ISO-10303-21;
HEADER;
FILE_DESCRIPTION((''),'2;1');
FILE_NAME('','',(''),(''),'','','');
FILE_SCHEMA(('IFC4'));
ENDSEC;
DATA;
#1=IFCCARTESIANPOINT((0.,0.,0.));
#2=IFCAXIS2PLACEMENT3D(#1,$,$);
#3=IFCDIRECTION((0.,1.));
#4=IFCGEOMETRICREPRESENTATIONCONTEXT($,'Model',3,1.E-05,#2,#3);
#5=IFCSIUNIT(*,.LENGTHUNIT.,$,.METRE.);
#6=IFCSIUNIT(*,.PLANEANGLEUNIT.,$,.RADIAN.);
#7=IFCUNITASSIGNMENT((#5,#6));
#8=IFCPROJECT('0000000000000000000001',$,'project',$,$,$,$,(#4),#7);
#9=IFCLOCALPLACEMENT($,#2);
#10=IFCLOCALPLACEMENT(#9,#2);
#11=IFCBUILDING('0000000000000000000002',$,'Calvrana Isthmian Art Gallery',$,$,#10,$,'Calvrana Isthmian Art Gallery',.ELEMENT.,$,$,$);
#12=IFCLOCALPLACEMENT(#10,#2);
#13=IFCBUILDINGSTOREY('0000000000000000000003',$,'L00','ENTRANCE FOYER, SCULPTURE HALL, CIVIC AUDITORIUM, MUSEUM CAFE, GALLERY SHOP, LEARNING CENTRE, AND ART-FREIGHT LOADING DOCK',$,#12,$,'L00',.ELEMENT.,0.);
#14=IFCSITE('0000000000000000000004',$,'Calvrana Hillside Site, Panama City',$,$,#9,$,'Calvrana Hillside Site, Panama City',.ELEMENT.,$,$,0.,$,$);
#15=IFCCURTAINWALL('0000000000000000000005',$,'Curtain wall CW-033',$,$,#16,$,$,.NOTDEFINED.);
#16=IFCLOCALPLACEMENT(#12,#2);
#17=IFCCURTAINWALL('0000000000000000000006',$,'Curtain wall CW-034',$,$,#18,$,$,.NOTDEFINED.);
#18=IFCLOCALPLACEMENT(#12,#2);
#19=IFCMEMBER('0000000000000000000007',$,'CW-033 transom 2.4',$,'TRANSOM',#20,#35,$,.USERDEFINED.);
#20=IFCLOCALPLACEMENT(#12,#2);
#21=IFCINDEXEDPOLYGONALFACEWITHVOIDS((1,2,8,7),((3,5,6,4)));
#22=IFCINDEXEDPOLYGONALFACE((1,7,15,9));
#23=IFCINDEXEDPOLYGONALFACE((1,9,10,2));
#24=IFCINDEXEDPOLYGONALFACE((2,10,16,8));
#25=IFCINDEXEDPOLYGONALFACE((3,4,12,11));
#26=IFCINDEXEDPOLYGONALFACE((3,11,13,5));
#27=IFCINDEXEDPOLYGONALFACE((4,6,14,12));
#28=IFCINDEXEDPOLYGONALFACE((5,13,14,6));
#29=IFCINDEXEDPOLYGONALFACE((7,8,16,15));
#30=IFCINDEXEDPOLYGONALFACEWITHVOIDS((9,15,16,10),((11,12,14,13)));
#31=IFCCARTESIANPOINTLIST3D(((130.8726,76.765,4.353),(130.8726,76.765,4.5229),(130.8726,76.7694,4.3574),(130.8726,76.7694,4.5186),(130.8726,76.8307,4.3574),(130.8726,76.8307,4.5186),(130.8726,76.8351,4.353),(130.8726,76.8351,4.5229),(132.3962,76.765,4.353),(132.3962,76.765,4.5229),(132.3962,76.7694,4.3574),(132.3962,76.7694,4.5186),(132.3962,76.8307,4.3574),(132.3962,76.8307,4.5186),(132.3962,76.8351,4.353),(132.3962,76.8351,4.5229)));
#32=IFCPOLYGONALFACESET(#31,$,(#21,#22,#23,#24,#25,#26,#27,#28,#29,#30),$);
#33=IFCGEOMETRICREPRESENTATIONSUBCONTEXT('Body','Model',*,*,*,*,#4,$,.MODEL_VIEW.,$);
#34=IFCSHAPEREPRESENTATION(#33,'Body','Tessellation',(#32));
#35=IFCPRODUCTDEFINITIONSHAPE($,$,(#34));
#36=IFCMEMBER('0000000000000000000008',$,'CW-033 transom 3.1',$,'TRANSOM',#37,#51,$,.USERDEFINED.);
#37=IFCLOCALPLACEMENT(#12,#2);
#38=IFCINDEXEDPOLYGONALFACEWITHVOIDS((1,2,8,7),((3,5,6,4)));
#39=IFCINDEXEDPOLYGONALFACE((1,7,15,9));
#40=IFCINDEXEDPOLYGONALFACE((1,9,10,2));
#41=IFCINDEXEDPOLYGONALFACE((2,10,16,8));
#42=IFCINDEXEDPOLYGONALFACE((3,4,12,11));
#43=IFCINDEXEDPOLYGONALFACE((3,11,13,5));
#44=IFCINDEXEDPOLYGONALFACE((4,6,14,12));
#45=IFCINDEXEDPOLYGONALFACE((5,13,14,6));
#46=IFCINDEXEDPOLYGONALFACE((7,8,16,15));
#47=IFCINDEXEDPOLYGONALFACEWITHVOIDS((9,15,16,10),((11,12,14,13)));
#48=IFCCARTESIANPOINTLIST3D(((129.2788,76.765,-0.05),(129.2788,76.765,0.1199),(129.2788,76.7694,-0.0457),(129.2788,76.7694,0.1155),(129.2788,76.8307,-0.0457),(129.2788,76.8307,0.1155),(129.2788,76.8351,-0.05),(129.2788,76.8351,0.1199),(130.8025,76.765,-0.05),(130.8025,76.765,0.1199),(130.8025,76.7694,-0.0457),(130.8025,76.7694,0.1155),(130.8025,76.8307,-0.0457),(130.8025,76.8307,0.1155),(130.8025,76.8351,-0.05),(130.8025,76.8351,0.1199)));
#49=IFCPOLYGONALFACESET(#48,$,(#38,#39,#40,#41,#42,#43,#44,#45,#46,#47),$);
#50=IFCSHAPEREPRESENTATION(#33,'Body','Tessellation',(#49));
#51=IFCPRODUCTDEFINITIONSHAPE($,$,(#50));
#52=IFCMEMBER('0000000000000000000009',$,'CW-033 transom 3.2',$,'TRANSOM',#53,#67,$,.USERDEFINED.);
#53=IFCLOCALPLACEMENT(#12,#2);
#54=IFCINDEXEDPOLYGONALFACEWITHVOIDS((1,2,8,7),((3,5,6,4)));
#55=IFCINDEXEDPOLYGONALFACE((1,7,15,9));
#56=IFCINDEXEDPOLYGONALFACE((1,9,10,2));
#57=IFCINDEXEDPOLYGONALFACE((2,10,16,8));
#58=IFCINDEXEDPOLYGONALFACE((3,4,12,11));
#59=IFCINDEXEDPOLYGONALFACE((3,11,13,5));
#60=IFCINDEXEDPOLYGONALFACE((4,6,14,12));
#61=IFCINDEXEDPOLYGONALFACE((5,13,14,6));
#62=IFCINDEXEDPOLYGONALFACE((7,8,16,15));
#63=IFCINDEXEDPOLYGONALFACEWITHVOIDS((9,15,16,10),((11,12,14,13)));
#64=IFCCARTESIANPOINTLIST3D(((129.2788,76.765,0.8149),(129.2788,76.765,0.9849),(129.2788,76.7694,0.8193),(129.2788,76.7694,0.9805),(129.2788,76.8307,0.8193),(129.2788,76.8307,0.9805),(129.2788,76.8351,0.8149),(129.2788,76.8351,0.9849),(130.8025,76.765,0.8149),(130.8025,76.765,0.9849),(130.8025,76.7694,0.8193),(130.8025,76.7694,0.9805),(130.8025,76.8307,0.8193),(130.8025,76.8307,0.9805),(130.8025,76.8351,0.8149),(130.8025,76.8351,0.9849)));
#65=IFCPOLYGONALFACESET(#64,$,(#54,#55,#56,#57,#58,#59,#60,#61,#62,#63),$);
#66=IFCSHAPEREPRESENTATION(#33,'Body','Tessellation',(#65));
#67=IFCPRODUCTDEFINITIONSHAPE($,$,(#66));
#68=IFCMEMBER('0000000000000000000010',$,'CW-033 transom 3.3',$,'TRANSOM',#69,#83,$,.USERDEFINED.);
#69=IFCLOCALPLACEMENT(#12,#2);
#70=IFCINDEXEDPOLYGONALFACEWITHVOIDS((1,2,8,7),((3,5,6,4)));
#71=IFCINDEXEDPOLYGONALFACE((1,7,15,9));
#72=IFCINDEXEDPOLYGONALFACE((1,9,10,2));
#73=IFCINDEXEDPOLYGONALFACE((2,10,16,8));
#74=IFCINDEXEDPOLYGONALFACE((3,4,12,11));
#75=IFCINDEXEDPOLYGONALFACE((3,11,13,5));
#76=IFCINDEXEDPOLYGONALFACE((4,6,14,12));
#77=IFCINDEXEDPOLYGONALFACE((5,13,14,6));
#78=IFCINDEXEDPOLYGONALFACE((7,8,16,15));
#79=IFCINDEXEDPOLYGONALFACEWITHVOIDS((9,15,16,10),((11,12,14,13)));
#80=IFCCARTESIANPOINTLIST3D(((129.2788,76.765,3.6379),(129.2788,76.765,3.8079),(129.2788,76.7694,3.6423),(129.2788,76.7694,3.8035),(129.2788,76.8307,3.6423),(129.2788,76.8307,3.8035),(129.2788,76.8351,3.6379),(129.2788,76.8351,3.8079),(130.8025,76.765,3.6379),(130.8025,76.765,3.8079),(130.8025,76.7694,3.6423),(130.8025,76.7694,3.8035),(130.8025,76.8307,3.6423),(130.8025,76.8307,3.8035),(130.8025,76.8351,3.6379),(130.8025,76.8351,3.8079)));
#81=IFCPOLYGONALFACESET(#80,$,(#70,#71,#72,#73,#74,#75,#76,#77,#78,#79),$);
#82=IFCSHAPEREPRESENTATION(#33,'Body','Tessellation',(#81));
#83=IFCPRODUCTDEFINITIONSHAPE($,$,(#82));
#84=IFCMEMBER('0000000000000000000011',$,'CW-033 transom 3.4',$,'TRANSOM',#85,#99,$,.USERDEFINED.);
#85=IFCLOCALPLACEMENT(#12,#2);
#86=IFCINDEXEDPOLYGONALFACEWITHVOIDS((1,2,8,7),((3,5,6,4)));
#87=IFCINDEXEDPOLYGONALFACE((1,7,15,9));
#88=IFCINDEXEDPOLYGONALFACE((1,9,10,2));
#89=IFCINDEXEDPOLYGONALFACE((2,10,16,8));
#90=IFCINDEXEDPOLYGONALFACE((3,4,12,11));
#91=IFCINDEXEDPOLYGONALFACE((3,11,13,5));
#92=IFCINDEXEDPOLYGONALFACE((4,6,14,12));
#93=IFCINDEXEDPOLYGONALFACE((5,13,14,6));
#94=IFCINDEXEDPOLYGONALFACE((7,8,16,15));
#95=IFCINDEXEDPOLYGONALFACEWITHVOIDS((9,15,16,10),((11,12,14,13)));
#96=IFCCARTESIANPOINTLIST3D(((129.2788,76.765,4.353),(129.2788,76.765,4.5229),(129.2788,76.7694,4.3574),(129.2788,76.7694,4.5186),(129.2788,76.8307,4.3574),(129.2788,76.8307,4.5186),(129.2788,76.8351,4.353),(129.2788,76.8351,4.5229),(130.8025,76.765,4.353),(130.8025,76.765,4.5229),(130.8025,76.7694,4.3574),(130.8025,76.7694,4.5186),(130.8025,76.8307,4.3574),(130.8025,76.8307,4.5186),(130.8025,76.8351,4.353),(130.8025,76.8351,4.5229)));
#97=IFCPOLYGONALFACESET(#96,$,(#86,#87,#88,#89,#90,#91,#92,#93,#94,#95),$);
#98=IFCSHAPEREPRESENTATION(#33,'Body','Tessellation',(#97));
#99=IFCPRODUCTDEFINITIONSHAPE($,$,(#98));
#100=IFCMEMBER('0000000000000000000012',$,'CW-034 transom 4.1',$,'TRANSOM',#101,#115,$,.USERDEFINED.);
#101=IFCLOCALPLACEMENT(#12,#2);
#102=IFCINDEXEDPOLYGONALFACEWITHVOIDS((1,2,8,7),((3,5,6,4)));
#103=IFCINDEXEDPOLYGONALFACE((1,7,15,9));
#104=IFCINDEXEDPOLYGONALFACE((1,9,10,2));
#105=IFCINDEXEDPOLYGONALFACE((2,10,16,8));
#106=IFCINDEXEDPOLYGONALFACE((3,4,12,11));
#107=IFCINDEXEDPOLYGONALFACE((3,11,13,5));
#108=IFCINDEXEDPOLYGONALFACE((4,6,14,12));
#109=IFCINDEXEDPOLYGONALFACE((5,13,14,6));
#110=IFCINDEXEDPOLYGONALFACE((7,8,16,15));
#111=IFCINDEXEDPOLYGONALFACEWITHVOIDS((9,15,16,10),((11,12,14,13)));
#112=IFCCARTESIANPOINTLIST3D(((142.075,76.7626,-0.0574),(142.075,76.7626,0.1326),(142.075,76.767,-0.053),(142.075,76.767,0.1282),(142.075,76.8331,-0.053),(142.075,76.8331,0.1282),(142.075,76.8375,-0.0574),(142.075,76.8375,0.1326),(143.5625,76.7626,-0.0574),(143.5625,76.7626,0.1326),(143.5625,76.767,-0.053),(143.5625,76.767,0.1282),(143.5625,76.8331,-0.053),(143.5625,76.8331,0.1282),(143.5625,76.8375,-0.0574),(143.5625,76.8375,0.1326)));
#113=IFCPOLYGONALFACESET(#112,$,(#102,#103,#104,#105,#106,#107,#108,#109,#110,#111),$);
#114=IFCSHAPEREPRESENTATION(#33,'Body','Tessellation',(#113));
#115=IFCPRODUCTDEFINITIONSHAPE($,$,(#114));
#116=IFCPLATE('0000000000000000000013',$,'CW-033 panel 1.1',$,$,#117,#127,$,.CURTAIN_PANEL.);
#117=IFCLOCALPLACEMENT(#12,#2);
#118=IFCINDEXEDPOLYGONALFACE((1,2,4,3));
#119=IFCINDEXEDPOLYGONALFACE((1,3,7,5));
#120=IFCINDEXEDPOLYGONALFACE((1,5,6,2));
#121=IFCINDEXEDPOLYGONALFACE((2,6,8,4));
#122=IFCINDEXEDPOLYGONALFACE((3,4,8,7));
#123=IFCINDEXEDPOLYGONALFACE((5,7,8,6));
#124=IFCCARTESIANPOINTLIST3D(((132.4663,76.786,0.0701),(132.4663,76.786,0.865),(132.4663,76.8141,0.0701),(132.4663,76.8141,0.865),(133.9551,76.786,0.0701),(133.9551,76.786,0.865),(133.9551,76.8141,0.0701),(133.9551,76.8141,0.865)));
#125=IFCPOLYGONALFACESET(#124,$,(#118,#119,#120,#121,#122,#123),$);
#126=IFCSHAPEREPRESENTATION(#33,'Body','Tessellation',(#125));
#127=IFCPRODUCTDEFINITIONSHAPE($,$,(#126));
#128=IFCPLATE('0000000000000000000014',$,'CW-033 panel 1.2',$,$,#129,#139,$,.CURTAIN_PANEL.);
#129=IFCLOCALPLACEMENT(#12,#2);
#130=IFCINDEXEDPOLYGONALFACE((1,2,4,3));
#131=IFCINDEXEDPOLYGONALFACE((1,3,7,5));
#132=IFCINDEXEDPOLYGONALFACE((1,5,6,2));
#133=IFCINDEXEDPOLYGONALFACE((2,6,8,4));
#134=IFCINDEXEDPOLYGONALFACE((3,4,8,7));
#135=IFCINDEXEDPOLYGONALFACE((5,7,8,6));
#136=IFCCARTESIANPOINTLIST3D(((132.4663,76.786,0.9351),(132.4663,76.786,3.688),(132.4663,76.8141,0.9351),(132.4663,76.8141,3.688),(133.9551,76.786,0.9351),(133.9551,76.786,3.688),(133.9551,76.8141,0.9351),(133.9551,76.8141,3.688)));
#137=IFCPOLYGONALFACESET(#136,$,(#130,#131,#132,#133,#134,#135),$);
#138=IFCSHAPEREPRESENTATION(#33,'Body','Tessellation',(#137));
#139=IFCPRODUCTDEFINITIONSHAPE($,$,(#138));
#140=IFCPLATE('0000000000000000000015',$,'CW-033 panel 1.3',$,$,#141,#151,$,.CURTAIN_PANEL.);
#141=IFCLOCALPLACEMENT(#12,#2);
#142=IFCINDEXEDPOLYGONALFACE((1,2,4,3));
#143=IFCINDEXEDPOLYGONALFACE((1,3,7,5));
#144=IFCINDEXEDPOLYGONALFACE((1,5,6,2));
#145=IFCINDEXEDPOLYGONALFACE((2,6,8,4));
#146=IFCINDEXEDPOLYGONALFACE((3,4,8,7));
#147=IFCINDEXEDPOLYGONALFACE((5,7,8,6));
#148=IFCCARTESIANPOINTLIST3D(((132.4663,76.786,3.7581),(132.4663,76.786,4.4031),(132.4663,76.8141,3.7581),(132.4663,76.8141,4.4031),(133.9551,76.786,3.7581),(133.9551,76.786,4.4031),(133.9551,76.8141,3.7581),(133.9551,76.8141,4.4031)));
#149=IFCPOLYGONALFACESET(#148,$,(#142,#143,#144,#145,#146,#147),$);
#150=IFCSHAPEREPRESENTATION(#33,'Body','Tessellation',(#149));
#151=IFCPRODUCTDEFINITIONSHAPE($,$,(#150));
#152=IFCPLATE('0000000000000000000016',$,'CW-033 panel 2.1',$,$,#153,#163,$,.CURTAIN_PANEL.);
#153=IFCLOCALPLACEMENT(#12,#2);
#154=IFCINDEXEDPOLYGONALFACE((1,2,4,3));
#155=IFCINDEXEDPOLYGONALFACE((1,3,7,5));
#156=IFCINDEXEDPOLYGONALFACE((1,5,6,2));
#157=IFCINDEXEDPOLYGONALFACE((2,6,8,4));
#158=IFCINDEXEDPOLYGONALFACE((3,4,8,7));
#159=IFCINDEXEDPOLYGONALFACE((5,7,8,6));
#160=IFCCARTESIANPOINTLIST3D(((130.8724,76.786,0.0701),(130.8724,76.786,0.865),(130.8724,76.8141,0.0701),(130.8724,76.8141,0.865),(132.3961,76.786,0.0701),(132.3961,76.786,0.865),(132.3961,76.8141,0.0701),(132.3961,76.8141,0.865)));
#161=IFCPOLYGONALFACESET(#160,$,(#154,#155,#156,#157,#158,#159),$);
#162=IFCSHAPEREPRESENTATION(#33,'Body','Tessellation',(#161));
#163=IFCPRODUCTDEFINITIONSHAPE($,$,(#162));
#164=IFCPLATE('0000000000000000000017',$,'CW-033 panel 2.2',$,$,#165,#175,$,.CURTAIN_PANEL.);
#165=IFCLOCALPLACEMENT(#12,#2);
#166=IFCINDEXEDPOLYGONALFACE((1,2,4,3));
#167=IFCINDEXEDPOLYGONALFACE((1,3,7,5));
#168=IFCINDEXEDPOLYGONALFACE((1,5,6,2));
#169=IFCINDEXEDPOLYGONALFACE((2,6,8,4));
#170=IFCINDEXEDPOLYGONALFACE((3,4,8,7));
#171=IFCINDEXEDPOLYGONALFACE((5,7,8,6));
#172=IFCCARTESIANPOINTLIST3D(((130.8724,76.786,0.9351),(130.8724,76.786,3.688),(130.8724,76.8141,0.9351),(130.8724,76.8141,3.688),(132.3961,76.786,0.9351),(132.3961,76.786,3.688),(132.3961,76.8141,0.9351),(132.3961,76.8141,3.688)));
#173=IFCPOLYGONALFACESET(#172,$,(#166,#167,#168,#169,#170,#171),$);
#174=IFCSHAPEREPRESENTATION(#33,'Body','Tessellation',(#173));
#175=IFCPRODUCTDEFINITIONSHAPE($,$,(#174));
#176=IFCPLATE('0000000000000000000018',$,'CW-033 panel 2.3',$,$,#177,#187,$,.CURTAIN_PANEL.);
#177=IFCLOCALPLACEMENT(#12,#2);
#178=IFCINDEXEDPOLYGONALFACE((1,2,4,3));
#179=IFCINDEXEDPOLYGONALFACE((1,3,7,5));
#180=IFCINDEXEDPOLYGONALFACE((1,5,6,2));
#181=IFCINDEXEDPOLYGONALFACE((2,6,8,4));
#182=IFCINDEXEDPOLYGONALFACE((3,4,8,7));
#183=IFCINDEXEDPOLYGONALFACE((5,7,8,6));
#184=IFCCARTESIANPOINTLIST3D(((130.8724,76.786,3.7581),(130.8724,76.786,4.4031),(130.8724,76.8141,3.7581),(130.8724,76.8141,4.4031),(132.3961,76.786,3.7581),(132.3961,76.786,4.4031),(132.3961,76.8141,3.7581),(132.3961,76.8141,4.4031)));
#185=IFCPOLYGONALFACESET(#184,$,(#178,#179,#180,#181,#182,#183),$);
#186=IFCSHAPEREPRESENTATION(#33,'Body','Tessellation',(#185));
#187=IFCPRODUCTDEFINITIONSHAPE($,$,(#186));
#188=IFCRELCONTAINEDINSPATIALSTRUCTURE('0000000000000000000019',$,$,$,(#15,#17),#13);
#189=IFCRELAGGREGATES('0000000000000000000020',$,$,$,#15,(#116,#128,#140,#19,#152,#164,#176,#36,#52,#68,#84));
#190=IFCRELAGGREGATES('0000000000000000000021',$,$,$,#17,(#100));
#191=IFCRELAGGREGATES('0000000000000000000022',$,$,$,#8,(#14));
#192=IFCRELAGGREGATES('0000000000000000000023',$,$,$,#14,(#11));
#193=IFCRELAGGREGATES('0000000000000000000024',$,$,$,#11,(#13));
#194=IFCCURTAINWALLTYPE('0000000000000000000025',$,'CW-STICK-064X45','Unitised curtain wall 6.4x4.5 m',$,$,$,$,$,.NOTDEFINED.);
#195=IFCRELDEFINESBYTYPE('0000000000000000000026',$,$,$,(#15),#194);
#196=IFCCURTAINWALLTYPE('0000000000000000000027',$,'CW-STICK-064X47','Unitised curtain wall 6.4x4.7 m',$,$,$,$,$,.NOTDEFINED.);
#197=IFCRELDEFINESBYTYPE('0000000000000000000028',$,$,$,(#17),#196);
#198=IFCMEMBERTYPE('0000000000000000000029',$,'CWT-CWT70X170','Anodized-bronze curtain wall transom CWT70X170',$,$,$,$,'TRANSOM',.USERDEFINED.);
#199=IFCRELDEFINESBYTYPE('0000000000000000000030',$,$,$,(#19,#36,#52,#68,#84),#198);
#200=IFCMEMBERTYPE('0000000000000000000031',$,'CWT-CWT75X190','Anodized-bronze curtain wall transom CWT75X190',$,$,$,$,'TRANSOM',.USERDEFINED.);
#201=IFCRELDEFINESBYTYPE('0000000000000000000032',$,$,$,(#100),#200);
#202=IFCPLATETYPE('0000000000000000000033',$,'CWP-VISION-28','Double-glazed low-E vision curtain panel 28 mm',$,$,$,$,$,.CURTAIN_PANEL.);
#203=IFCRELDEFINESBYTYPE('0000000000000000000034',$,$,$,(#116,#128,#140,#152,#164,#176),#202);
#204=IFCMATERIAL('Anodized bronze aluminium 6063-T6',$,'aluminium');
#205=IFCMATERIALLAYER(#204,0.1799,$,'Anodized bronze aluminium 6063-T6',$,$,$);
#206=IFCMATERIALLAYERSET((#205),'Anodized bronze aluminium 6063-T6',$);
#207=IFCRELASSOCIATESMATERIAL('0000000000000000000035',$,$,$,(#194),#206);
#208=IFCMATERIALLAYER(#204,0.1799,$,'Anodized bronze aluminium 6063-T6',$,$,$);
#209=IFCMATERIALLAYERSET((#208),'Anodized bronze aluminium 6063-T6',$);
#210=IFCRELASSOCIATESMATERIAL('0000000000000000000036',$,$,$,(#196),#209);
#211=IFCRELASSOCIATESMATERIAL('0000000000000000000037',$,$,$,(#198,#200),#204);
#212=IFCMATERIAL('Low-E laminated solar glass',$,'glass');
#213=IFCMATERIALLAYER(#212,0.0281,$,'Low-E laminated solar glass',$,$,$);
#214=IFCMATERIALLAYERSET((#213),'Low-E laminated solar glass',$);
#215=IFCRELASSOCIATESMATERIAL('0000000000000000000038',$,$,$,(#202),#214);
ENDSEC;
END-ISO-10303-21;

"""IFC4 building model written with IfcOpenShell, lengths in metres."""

from ifc_helpers import new_model, si_unit, direction, frame, origin, origin_2d, place, context, subcontext, project, spatial, rectangle, hollow_rectangle, extrude, material, layer, layer_set, material_profile, profile_set, type_object, element, aggregate, save


model = new_model("IFC4")

# Units and contexts
model_context = context("Model", 3, precision=1e-05, world=origin(), true_north=direction((0.0, 1.0)))
body_context = subcontext(model_context, "Body", "Model", "MODEL_VIEW")
ifc_project = project(units=[si_unit("LENGTHUNIT", "METRE"), si_unit("PLANEANGLEUNIT", "RADIAN")], contexts=[model_context])

# Site, building, storey
site_placement = place(None, origin())
site = spatial("IfcSite", under=ifc_project, at=site_placement, Name="Calvrana Hillside Site, Panama City", LongName="Calvrana Hillside Site, Panama City", CompositionType="ELEMENT", RefElevation=0.0)
building_placement = place(site_placement, origin())
building = spatial("IfcBuilding", under=site, at=building_placement, Name="Calvrana Isthmian Art Gallery", LongName="Calvrana Isthmian Art Gallery", CompositionType="ELEMENT")
storey_placement = place(building_placement, origin())
storey = spatial("IfcBuildingStorey", under=building, at=storey_placement, Name="L00", Description="ENTRANCE FOYER, SCULPTURE HALL, CIVIC AUDITORIUM, MUSEUM CAFE, GALLERY SHOP, LEARNING CENTRE, AND ART-FREIGHT LOADING DOCK", LongName="L00", CompositionType="ELEMENT", Elevation=0.0)

# Curtain wall
ifc_material_1 = material(Name="Anodized bronze aluminium 6063-T6", Category="aluminium")
ifc_layer_1 = layer(ifc_material_1, 0.1799, Name="Anodized bronze aluminium 6063-T6")
ifc_layer_set_1 = layer_set([ifc_layer_1], Name="Anodized bronze aluminium 6063-T6")
curtain_wall_type_1 = type_object("IfcCurtainWallType", Name="CW-STICK-064X45", Description="Unitised curtain wall 6.4x4.5 m", PredefinedType="NOTDEFINED", material=ifc_layer_set_1)
curtain_wall_1_placement = place(storey_placement, origin())
curtain_wall_1 = element("IfcCurtainWall", 1, at=curtain_wall_1_placement, inside=storey, type_object=curtain_wall_type_1, Name="Curtain wall CW-033", PredefinedType="NOTDEFINED")

# Curtain wall
ifc_layer_2 = layer(ifc_material_1, 0.1799, Name="Anodized bronze aluminium 6063-T6")
ifc_layer_set_2 = layer_set([ifc_layer_2], Name="Anodized bronze aluminium 6063-T6")
curtain_wall_type_2 = type_object("IfcCurtainWallType", Name="CW-STICK-064X47", Description="Unitised curtain wall 6.4x4.7 m", PredefinedType="NOTDEFINED", material=ifc_layer_set_2)
curtain_wall_2_placement = place(storey_placement, origin())
curtain_wall_2 = element("IfcCurtainWall", 2, at=curtain_wall_2_placement, inside=storey, type_object=curtain_wall_type_2, Name="Curtain wall CW-034", PredefinedType="NOTDEFINED")

# Members
ifc_material_profile_1 = material_profile(ifc_material_1, hollow_rectangle(XDim=0.0701, YDim=0.1699, WallThickness=0.0044, at=origin_2d()), Name="CWT70X170")
ifc_profile_set_1 = profile_set([ifc_material_profile_1], Name="Anodized bronze aluminium 6063-T6")
member_type_1 = type_object("IfcMemberType", Name="CWT-CWT70X170", Description="Anodized-bronze curtain wall transom CWT70X170", ElementType="TRANSOM", PredefinedType="USERDEFINED", material=ifc_profile_set_1)
member_1_placement = place(storey_placement, frame((132.3962, 76.8, 4.438), z_axis=(-1.0, 0.0, 0.0), x_axis=(0.0, -1.0, 0.0)))
member_1 = element("IfcMember", 3, at=member_1_placement, type_object=member_type_1, Name="CW-033 transom 2.4", ObjectType="TRANSOM", PredefinedType="USERDEFINED", context=body_context, shape_type="SweptSolid", body=[
    extrude(hollow_rectangle(XDim=0.0701, YDim=0.1699, WallThickness=0.0044, at=origin_2d()), origin(), (0.0, 0.0, 1.0), 1.5237),
])
member_2_placement = place(storey_placement, frame((130.8025, 76.8, 0.0349), z_axis=(-1.0, 0.0, 0.0), x_axis=(0.0, -1.0, 0.0)))
member_2 = element("IfcMember", 4, at=member_2_placement, type_object=member_type_1, Name="CW-033 transom 3.1", ObjectType="TRANSOM", PredefinedType="USERDEFINED", context=body_context, shape_type="SweptSolid", body=[
    extrude(hollow_rectangle(XDim=0.0701, YDim=0.1699, WallThickness=0.0044, at=origin_2d()), origin(), (0.0, 0.0, 1.0), 1.5237),
])
member_3_placement = place(storey_placement, frame((130.8025, 76.8, 0.8999), z_axis=(-1.0, 0.0, 0.0), x_axis=(0.0, -1.0, 0.0)))
member_3 = element("IfcMember", 5, at=member_3_placement, type_object=member_type_1, Name="CW-033 transom 3.2", ObjectType="TRANSOM", PredefinedType="USERDEFINED", context=body_context, shape_type="SweptSolid", body=[
    extrude(hollow_rectangle(XDim=0.0701, YDim=0.1699, WallThickness=0.0044, at=origin_2d()), origin(), (0.0, 0.0, 1.0), 1.5237),
])
member_4_placement = place(storey_placement, frame((130.8025, 76.8, 3.7229), z_axis=(-1.0, 0.0, 0.0), x_axis=(0.0, -1.0, 0.0)))
member_4 = element("IfcMember", 6, at=member_4_placement, type_object=member_type_1, Name="CW-033 transom 3.3", ObjectType="TRANSOM", PredefinedType="USERDEFINED", context=body_context, shape_type="SweptSolid", body=[
    extrude(hollow_rectangle(XDim=0.0701, YDim=0.1699, WallThickness=0.0044, at=origin_2d()), origin(), (0.0, 0.0, 1.0), 1.5237),
])
member_5_placement = place(storey_placement, frame((130.8025, 76.8, 4.438), z_axis=(-1.0, 0.0, 0.0), x_axis=(0.0, -1.0, 0.0)))
member_5 = element("IfcMember", 7, at=member_5_placement, type_object=member_type_1, Name="CW-033 transom 3.4", ObjectType="TRANSOM", PredefinedType="USERDEFINED", context=body_context, shape_type="SweptSolid", body=[
    extrude(hollow_rectangle(XDim=0.0701, YDim=0.1699, WallThickness=0.0044, at=origin_2d()), origin(), (0.0, 0.0, 1.0), 1.5237),
])
ifc_material_profile_2 = material_profile(ifc_material_1, hollow_rectangle(XDim=0.075, YDim=0.1899, WallThickness=0.0044, at=origin_2d()), Name="CWT75X190")
ifc_profile_set_2 = profile_set([ifc_material_profile_2], Name="Anodized bronze aluminium 6063-T6")
member_type_2 = type_object("IfcMemberType", Name="CWT-CWT75X190", Description="Anodized-bronze curtain wall transom CWT75X190", ElementType="TRANSOM", PredefinedType="USERDEFINED", material=ifc_profile_set_2)
member_6_placement = place(storey_placement, frame((143.5625, 76.8, 0.0376), z_axis=(-1.0, 0.0, 0.0), x_axis=(0.0, -1.0, 0.0)))
member_6 = element("IfcMember", 8, at=member_6_placement, type_object=member_type_2, Name="CW-034 transom 4.1", ObjectType="TRANSOM", PredefinedType="USERDEFINED", context=body_context, shape_type="SweptSolid", body=[
    extrude(hollow_rectangle(XDim=0.075, YDim=0.1899, WallThickness=0.0044, at=origin_2d()), origin(), (0.0, 0.0, 1.0), 1.4875),
])

# Plates
ifc_material_2 = material(Name="Low-E laminated solar glass", Category="glass")
ifc_layer_3 = layer(ifc_material_2, 0.0281, Name="Low-E laminated solar glass")
ifc_layer_set_3 = layer_set([ifc_layer_3], Name="Low-E laminated solar glass")
plate_type = type_object("IfcPlateType", Name="CWP-VISION-28", Description="Double-glazed low-E vision curtain panel 28 mm", PredefinedType="CURTAIN_PANEL", material=ifc_layer_set_3)
plate_1_placement = place(storey_placement, frame((133.2107, 76.8, 0.0701), z_axis=(0.0, 0.0, 1.0), x_axis=(-1.0, 0.0, 0.0)))
plate_1 = element("IfcPlate", 9, at=plate_1_placement, type_object=plate_type, Name="CW-033 panel 1.1", PredefinedType="CURTAIN_PANEL", context=body_context, shape_type="SweptSolid", body=[
    extrude(rectangle(XDim=1.4888, YDim=0.0281, at=origin_2d()), origin(), (0.0, 0.0, 1.0), 0.7949),
])
plate_2_placement = place(storey_placement, frame((133.2107, 76.8, 0.9351), z_axis=(0.0, 0.0, 1.0), x_axis=(-1.0, 0.0, 0.0)))
plate_2 = element("IfcPlate", 10, at=plate_2_placement, type_object=plate_type, Name="CW-033 panel 1.2", PredefinedType="CURTAIN_PANEL", context=body_context, shape_type="SweptSolid", body=[
    extrude(rectangle(XDim=1.4888, YDim=0.0281, at=origin_2d()), origin(), (0.0, 0.0, 1.0), 2.7529),
])
plate_3_placement = place(storey_placement, frame((133.2107, 76.8, 3.7581), z_axis=(0.0, 0.0, 1.0), x_axis=(-1.0, 0.0, 0.0)))
plate_3 = element("IfcPlate", 11, at=plate_3_placement, type_object=plate_type, Name="CW-033 panel 1.3", PredefinedType="CURTAIN_PANEL", context=body_context, shape_type="SweptSolid", body=[
    extrude(rectangle(XDim=1.4888, YDim=0.0281, at=origin_2d()), origin(), (0.0, 0.0, 1.0), 0.645),
])
plate_4_placement = place(storey_placement, frame((131.6343, 76.8, 0.0701), z_axis=(0.0, 0.0, 1.0), x_axis=(-1.0, 0.0, 0.0)))
plate_4 = element("IfcPlate", 12, at=plate_4_placement, type_object=plate_type, Name="CW-033 panel 2.1", PredefinedType="CURTAIN_PANEL", context=body_context, shape_type="SweptSolid", body=[
    extrude(rectangle(XDim=1.5237, YDim=0.0281, at=origin_2d()), origin(), (0.0, 0.0, 1.0), 0.7949),
])
plate_5_placement = place(storey_placement, frame((131.6343, 76.8, 0.9351), z_axis=(0.0, 0.0, 1.0), x_axis=(-1.0, 0.0, 0.0)))
plate_5 = element("IfcPlate", 13, at=plate_5_placement, type_object=plate_type, Name="CW-033 panel 2.2", PredefinedType="CURTAIN_PANEL", context=body_context, shape_type="SweptSolid", body=[
    extrude(rectangle(XDim=1.5237, YDim=0.0281, at=origin_2d()), origin(), (0.0, 0.0, 1.0), 2.7529),
])
plate_6_placement = place(storey_placement, frame((131.6343, 76.8, 3.7581), z_axis=(0.0, 0.0, 1.0), x_axis=(-1.0, 0.0, 0.0)))
plate_6 = element("IfcPlate", 14, at=plate_6_placement, type_object=plate_type, Name="CW-033 panel 2.3", PredefinedType="CURTAIN_PANEL", context=body_context, shape_type="SweptSolid", body=[
    extrude(rectangle(XDim=1.5237, YDim=0.0281, at=origin_2d()), origin(), (0.0, 0.0, 1.0), 0.645),
])
aggregate(curtain_wall_1, [plate_1, plate_2, plate_3, member_1, plate_4, plate_5, plate_6, member_2, member_3, member_4, member_5])
aggregate(curtain_wall_2, [member_6])

save(model, "model.ifc")
